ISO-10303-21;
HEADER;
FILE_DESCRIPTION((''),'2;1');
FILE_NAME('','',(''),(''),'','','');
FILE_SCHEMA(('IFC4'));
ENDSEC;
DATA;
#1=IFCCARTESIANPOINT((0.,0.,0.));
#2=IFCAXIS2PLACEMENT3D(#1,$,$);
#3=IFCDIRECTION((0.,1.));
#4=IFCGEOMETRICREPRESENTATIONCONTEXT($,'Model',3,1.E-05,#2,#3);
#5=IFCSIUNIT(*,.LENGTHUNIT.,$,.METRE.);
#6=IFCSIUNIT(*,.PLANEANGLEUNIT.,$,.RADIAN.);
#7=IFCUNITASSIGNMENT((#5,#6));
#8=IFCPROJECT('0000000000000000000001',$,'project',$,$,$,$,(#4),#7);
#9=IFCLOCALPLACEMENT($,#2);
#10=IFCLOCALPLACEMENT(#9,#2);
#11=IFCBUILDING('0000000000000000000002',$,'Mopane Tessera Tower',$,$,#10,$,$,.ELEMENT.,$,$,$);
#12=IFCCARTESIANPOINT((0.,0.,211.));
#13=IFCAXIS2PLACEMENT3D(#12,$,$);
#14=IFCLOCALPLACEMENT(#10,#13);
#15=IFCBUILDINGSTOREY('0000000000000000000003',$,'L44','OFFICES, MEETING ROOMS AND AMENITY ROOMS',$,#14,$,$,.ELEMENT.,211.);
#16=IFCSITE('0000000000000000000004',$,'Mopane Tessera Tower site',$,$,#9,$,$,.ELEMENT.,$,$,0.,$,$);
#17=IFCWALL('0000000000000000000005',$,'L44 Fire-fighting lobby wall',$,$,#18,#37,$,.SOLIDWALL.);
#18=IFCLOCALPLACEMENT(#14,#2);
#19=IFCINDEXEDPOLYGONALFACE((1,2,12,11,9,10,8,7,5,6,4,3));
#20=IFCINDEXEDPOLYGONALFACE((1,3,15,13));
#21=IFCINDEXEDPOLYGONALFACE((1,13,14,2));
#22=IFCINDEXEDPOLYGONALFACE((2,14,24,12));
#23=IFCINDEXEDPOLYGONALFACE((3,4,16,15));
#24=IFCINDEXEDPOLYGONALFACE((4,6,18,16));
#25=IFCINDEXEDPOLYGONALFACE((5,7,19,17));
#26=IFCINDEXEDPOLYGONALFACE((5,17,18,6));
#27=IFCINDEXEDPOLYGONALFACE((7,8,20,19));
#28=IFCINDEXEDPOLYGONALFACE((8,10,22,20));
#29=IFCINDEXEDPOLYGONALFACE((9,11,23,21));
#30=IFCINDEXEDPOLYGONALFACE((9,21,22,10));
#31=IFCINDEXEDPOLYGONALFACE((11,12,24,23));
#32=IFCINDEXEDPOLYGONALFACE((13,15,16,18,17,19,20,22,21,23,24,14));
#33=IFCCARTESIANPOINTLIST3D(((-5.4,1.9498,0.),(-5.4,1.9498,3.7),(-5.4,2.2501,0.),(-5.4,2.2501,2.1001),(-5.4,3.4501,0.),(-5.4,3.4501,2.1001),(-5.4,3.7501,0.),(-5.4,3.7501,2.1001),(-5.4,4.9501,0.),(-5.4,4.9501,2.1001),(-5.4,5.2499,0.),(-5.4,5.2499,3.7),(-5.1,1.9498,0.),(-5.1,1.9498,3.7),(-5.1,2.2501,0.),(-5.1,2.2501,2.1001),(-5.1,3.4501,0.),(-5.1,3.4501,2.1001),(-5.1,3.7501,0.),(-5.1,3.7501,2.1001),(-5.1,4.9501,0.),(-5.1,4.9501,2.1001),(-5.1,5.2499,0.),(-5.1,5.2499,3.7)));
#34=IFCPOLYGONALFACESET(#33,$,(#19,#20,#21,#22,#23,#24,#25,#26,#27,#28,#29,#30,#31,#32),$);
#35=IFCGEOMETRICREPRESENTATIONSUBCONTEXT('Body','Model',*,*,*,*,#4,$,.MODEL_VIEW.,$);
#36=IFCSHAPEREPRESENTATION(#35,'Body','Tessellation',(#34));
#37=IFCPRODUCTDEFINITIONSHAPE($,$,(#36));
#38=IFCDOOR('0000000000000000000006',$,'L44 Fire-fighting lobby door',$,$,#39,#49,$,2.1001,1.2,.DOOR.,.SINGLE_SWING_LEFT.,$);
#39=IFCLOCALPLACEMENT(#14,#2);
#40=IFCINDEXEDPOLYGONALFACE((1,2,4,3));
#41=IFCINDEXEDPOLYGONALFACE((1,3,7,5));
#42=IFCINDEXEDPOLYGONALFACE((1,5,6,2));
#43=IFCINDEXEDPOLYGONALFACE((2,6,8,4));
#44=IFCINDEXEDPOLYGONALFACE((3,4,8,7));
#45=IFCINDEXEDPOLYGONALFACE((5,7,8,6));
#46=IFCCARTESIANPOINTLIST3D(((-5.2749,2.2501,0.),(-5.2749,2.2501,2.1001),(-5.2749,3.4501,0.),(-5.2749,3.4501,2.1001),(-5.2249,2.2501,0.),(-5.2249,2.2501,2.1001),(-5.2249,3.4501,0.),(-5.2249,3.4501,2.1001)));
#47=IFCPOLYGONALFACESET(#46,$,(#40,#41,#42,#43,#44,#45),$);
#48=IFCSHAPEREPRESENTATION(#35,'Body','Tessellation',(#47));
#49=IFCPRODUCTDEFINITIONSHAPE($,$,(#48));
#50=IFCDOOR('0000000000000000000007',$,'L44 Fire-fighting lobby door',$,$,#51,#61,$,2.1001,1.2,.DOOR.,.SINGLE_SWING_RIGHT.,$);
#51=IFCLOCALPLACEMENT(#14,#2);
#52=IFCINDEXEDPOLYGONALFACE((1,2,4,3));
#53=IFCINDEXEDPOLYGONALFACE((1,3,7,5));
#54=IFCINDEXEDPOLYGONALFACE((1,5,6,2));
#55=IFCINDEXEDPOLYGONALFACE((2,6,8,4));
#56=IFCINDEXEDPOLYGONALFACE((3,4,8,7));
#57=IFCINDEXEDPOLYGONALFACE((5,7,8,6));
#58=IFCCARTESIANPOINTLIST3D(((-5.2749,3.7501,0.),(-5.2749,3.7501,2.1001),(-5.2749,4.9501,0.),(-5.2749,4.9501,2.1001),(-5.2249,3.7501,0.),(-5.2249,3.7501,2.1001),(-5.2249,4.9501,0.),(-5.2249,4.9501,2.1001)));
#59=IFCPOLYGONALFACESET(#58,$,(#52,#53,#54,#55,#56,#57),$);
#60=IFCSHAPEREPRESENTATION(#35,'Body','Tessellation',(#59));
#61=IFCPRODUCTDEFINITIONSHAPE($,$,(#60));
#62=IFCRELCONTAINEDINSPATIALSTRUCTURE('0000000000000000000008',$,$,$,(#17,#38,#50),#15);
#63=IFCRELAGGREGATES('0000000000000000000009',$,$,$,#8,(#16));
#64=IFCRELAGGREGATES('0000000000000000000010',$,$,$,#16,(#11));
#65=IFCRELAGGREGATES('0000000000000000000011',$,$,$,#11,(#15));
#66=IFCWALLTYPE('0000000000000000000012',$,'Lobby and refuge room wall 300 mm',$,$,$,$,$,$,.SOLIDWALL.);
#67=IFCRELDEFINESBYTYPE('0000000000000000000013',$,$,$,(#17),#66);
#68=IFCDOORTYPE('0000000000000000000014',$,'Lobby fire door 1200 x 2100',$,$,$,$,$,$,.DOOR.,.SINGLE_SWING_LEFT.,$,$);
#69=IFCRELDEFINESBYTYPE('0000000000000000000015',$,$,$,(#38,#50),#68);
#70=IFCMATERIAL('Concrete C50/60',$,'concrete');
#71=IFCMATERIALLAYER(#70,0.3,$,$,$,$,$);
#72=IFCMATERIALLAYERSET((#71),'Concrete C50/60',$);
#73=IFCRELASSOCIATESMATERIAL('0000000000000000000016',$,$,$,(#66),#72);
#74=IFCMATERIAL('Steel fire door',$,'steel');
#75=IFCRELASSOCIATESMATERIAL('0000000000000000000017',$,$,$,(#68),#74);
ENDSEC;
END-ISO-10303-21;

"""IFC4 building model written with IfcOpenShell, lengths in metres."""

from ifc_helpers import new_model, si_unit, direction, frame, frame_2d, origin, place, context, subcontext, project, spatial, rectangle, extrude, material, layer, layer_set, type_object, element, fill, save


model = new_model("IFC4")

# Units and contexts
model_context = context("Model", 3, precision=1e-05, world=origin(), true_north=direction((0.0, 1.0)))
body_context = subcontext(model_context, "Body", "Model", "MODEL_VIEW")
ifc_project = project(units=[si_unit("LENGTHUNIT", "METRE"), si_unit("PLANEANGLEUNIT", "RADIAN")], contexts=[model_context])

# Site, building, storey
site_placement = place(None, origin())
site = spatial("IfcSite", under=ifc_project, at=site_placement, Name="Mopane Tessera Tower site", CompositionType="ELEMENT", RefElevation=0.0)
building_placement = place(site_placement, origin())
building = spatial("IfcBuilding", under=site, at=building_placement, Name="Mopane Tessera Tower", CompositionType="ELEMENT")
storey_placement = place(building_placement, frame((0.0, 0.0, 211.0)))
storey = spatial("IfcBuildingStorey", under=building, at=storey_placement, Name="L44", Description="OFFICES, MEETING ROOMS AND AMENITY ROOMS", CompositionType="ELEMENT", Elevation=211.0)

# Wall, openings, doors
ifc_material_1 = material(Name="Concrete C50/60", Category="concrete")
ifc_layer_1 = layer(ifc_material_1, 0.3)
ifc_layer_set_1 = layer_set([ifc_layer_1], Name="Concrete C50/60")
wall_type_1 = type_object("IfcWallType", Name="Lobby and refuge room wall 300 mm", PredefinedType="SOLIDWALL", material=ifc_layer_set_1)
wall_1_placement = place(storey_placement, frame((-5.25, 1.95, 0.0), z_axis=(0.0, 0.0, 1.0), x_axis=(0.0, 1.0, 0.0)))
wall_1 = element("IfcWall", 1, at=wall_1_placement, inside=storey, type_object=wall_type_1, Name="L44 Fire-fighting lobby wall", PredefinedType="SOLIDWALL", context=body_context, shape_type="SweptSolid", body=[
    extrude(rectangle(XDim=3.3, YDim=0.3, at=frame_2d((1.6499, 0.0))), origin(), (0.0, 0.0, 1.0), 3.7),
])
opening_1_placement = place(wall_1_placement, frame((0.3, 0.0, 0.0)))
opening_1 = element("IfcOpeningElement", 2, at=opening_1_placement, cuts=wall_1, PredefinedType="OPENING", context=body_context, shape_type="SweptSolid", body=[
    extrude(rectangle(XDim=1.2, YDim=2.1001, at=frame_2d((0.6001, 1.05))), frame((0.0, 0.1621, 0.0), z_axis=(0.0, -1.0, 0.0), x_axis=(1.0, 0.0, 0.0)), (0.0, 0.0, 1.0), 0.324),
])
opening_2_placement = place(wall_1_placement, frame((1.8, 0.0, 0.0)))
opening_2 = element("IfcOpeningElement", 3, at=opening_2_placement, cuts=wall_1, PredefinedType="OPENING", context=body_context, shape_type="SweptSolid", body=[
    extrude(rectangle(XDim=1.2, YDim=2.1001, at=frame_2d((0.6001, 1.05))), frame((0.0, 0.1621, 0.0), z_axis=(0.0, -1.0, 0.0), x_axis=(1.0, 0.0, 0.0)), (0.0, 0.0, 1.0), 0.324),
])
ifc_material_2 = material(Name="Steel fire door", Category="steel")
door_type = type_object("IfcDoorType", Name="Lobby fire door 1200 x 2100", OperationType="SINGLE_SWING_LEFT", PredefinedType="DOOR", material=ifc_material_2)
door_1_placement = place(opening_1_placement, origin())
door_1 = element("IfcDoor", 4, at=door_1_placement, inside=storey, type_object=door_type, Name="L44 Fire-fighting lobby door", OperationType="SINGLE_SWING_LEFT", OverallHeight=2.1001, OverallWidth=1.2, PredefinedType="DOOR", context=body_context, shape_type="SweptSolid", body=[
    extrude(rectangle(XDim=1.2, YDim=2.1001, at=frame_2d((0.6001, 1.05))), frame((0.0, 0.0249, 0.0), z_axis=(0.0, -1.0, 0.0), x_axis=(1.0, 0.0, 0.0)), (0.0, 0.0, 1.0), 0.05),
])
fill(opening_1, door_1)
door_2_placement = place(opening_2_placement, origin())
door_2 = element("IfcDoor", 5, at=door_2_placement, inside=storey, type_object=door_type, Name="L44 Fire-fighting lobby door", OperationType="SINGLE_SWING_RIGHT", OverallHeight=2.1001, OverallWidth=1.2, PredefinedType="DOOR", context=body_context, shape_type="SweptSolid", body=[
    extrude(rectangle(XDim=1.2, YDim=2.1001, at=frame_2d((0.6001, 1.05))), frame((0.0, 0.0249, 0.0), z_axis=(0.0, -1.0, 0.0), x_axis=(1.0, 0.0, 0.0)), (0.0, 0.0, 1.0), 0.05),
])
fill(opening_2, door_2)

save(model, "model.ifc")
